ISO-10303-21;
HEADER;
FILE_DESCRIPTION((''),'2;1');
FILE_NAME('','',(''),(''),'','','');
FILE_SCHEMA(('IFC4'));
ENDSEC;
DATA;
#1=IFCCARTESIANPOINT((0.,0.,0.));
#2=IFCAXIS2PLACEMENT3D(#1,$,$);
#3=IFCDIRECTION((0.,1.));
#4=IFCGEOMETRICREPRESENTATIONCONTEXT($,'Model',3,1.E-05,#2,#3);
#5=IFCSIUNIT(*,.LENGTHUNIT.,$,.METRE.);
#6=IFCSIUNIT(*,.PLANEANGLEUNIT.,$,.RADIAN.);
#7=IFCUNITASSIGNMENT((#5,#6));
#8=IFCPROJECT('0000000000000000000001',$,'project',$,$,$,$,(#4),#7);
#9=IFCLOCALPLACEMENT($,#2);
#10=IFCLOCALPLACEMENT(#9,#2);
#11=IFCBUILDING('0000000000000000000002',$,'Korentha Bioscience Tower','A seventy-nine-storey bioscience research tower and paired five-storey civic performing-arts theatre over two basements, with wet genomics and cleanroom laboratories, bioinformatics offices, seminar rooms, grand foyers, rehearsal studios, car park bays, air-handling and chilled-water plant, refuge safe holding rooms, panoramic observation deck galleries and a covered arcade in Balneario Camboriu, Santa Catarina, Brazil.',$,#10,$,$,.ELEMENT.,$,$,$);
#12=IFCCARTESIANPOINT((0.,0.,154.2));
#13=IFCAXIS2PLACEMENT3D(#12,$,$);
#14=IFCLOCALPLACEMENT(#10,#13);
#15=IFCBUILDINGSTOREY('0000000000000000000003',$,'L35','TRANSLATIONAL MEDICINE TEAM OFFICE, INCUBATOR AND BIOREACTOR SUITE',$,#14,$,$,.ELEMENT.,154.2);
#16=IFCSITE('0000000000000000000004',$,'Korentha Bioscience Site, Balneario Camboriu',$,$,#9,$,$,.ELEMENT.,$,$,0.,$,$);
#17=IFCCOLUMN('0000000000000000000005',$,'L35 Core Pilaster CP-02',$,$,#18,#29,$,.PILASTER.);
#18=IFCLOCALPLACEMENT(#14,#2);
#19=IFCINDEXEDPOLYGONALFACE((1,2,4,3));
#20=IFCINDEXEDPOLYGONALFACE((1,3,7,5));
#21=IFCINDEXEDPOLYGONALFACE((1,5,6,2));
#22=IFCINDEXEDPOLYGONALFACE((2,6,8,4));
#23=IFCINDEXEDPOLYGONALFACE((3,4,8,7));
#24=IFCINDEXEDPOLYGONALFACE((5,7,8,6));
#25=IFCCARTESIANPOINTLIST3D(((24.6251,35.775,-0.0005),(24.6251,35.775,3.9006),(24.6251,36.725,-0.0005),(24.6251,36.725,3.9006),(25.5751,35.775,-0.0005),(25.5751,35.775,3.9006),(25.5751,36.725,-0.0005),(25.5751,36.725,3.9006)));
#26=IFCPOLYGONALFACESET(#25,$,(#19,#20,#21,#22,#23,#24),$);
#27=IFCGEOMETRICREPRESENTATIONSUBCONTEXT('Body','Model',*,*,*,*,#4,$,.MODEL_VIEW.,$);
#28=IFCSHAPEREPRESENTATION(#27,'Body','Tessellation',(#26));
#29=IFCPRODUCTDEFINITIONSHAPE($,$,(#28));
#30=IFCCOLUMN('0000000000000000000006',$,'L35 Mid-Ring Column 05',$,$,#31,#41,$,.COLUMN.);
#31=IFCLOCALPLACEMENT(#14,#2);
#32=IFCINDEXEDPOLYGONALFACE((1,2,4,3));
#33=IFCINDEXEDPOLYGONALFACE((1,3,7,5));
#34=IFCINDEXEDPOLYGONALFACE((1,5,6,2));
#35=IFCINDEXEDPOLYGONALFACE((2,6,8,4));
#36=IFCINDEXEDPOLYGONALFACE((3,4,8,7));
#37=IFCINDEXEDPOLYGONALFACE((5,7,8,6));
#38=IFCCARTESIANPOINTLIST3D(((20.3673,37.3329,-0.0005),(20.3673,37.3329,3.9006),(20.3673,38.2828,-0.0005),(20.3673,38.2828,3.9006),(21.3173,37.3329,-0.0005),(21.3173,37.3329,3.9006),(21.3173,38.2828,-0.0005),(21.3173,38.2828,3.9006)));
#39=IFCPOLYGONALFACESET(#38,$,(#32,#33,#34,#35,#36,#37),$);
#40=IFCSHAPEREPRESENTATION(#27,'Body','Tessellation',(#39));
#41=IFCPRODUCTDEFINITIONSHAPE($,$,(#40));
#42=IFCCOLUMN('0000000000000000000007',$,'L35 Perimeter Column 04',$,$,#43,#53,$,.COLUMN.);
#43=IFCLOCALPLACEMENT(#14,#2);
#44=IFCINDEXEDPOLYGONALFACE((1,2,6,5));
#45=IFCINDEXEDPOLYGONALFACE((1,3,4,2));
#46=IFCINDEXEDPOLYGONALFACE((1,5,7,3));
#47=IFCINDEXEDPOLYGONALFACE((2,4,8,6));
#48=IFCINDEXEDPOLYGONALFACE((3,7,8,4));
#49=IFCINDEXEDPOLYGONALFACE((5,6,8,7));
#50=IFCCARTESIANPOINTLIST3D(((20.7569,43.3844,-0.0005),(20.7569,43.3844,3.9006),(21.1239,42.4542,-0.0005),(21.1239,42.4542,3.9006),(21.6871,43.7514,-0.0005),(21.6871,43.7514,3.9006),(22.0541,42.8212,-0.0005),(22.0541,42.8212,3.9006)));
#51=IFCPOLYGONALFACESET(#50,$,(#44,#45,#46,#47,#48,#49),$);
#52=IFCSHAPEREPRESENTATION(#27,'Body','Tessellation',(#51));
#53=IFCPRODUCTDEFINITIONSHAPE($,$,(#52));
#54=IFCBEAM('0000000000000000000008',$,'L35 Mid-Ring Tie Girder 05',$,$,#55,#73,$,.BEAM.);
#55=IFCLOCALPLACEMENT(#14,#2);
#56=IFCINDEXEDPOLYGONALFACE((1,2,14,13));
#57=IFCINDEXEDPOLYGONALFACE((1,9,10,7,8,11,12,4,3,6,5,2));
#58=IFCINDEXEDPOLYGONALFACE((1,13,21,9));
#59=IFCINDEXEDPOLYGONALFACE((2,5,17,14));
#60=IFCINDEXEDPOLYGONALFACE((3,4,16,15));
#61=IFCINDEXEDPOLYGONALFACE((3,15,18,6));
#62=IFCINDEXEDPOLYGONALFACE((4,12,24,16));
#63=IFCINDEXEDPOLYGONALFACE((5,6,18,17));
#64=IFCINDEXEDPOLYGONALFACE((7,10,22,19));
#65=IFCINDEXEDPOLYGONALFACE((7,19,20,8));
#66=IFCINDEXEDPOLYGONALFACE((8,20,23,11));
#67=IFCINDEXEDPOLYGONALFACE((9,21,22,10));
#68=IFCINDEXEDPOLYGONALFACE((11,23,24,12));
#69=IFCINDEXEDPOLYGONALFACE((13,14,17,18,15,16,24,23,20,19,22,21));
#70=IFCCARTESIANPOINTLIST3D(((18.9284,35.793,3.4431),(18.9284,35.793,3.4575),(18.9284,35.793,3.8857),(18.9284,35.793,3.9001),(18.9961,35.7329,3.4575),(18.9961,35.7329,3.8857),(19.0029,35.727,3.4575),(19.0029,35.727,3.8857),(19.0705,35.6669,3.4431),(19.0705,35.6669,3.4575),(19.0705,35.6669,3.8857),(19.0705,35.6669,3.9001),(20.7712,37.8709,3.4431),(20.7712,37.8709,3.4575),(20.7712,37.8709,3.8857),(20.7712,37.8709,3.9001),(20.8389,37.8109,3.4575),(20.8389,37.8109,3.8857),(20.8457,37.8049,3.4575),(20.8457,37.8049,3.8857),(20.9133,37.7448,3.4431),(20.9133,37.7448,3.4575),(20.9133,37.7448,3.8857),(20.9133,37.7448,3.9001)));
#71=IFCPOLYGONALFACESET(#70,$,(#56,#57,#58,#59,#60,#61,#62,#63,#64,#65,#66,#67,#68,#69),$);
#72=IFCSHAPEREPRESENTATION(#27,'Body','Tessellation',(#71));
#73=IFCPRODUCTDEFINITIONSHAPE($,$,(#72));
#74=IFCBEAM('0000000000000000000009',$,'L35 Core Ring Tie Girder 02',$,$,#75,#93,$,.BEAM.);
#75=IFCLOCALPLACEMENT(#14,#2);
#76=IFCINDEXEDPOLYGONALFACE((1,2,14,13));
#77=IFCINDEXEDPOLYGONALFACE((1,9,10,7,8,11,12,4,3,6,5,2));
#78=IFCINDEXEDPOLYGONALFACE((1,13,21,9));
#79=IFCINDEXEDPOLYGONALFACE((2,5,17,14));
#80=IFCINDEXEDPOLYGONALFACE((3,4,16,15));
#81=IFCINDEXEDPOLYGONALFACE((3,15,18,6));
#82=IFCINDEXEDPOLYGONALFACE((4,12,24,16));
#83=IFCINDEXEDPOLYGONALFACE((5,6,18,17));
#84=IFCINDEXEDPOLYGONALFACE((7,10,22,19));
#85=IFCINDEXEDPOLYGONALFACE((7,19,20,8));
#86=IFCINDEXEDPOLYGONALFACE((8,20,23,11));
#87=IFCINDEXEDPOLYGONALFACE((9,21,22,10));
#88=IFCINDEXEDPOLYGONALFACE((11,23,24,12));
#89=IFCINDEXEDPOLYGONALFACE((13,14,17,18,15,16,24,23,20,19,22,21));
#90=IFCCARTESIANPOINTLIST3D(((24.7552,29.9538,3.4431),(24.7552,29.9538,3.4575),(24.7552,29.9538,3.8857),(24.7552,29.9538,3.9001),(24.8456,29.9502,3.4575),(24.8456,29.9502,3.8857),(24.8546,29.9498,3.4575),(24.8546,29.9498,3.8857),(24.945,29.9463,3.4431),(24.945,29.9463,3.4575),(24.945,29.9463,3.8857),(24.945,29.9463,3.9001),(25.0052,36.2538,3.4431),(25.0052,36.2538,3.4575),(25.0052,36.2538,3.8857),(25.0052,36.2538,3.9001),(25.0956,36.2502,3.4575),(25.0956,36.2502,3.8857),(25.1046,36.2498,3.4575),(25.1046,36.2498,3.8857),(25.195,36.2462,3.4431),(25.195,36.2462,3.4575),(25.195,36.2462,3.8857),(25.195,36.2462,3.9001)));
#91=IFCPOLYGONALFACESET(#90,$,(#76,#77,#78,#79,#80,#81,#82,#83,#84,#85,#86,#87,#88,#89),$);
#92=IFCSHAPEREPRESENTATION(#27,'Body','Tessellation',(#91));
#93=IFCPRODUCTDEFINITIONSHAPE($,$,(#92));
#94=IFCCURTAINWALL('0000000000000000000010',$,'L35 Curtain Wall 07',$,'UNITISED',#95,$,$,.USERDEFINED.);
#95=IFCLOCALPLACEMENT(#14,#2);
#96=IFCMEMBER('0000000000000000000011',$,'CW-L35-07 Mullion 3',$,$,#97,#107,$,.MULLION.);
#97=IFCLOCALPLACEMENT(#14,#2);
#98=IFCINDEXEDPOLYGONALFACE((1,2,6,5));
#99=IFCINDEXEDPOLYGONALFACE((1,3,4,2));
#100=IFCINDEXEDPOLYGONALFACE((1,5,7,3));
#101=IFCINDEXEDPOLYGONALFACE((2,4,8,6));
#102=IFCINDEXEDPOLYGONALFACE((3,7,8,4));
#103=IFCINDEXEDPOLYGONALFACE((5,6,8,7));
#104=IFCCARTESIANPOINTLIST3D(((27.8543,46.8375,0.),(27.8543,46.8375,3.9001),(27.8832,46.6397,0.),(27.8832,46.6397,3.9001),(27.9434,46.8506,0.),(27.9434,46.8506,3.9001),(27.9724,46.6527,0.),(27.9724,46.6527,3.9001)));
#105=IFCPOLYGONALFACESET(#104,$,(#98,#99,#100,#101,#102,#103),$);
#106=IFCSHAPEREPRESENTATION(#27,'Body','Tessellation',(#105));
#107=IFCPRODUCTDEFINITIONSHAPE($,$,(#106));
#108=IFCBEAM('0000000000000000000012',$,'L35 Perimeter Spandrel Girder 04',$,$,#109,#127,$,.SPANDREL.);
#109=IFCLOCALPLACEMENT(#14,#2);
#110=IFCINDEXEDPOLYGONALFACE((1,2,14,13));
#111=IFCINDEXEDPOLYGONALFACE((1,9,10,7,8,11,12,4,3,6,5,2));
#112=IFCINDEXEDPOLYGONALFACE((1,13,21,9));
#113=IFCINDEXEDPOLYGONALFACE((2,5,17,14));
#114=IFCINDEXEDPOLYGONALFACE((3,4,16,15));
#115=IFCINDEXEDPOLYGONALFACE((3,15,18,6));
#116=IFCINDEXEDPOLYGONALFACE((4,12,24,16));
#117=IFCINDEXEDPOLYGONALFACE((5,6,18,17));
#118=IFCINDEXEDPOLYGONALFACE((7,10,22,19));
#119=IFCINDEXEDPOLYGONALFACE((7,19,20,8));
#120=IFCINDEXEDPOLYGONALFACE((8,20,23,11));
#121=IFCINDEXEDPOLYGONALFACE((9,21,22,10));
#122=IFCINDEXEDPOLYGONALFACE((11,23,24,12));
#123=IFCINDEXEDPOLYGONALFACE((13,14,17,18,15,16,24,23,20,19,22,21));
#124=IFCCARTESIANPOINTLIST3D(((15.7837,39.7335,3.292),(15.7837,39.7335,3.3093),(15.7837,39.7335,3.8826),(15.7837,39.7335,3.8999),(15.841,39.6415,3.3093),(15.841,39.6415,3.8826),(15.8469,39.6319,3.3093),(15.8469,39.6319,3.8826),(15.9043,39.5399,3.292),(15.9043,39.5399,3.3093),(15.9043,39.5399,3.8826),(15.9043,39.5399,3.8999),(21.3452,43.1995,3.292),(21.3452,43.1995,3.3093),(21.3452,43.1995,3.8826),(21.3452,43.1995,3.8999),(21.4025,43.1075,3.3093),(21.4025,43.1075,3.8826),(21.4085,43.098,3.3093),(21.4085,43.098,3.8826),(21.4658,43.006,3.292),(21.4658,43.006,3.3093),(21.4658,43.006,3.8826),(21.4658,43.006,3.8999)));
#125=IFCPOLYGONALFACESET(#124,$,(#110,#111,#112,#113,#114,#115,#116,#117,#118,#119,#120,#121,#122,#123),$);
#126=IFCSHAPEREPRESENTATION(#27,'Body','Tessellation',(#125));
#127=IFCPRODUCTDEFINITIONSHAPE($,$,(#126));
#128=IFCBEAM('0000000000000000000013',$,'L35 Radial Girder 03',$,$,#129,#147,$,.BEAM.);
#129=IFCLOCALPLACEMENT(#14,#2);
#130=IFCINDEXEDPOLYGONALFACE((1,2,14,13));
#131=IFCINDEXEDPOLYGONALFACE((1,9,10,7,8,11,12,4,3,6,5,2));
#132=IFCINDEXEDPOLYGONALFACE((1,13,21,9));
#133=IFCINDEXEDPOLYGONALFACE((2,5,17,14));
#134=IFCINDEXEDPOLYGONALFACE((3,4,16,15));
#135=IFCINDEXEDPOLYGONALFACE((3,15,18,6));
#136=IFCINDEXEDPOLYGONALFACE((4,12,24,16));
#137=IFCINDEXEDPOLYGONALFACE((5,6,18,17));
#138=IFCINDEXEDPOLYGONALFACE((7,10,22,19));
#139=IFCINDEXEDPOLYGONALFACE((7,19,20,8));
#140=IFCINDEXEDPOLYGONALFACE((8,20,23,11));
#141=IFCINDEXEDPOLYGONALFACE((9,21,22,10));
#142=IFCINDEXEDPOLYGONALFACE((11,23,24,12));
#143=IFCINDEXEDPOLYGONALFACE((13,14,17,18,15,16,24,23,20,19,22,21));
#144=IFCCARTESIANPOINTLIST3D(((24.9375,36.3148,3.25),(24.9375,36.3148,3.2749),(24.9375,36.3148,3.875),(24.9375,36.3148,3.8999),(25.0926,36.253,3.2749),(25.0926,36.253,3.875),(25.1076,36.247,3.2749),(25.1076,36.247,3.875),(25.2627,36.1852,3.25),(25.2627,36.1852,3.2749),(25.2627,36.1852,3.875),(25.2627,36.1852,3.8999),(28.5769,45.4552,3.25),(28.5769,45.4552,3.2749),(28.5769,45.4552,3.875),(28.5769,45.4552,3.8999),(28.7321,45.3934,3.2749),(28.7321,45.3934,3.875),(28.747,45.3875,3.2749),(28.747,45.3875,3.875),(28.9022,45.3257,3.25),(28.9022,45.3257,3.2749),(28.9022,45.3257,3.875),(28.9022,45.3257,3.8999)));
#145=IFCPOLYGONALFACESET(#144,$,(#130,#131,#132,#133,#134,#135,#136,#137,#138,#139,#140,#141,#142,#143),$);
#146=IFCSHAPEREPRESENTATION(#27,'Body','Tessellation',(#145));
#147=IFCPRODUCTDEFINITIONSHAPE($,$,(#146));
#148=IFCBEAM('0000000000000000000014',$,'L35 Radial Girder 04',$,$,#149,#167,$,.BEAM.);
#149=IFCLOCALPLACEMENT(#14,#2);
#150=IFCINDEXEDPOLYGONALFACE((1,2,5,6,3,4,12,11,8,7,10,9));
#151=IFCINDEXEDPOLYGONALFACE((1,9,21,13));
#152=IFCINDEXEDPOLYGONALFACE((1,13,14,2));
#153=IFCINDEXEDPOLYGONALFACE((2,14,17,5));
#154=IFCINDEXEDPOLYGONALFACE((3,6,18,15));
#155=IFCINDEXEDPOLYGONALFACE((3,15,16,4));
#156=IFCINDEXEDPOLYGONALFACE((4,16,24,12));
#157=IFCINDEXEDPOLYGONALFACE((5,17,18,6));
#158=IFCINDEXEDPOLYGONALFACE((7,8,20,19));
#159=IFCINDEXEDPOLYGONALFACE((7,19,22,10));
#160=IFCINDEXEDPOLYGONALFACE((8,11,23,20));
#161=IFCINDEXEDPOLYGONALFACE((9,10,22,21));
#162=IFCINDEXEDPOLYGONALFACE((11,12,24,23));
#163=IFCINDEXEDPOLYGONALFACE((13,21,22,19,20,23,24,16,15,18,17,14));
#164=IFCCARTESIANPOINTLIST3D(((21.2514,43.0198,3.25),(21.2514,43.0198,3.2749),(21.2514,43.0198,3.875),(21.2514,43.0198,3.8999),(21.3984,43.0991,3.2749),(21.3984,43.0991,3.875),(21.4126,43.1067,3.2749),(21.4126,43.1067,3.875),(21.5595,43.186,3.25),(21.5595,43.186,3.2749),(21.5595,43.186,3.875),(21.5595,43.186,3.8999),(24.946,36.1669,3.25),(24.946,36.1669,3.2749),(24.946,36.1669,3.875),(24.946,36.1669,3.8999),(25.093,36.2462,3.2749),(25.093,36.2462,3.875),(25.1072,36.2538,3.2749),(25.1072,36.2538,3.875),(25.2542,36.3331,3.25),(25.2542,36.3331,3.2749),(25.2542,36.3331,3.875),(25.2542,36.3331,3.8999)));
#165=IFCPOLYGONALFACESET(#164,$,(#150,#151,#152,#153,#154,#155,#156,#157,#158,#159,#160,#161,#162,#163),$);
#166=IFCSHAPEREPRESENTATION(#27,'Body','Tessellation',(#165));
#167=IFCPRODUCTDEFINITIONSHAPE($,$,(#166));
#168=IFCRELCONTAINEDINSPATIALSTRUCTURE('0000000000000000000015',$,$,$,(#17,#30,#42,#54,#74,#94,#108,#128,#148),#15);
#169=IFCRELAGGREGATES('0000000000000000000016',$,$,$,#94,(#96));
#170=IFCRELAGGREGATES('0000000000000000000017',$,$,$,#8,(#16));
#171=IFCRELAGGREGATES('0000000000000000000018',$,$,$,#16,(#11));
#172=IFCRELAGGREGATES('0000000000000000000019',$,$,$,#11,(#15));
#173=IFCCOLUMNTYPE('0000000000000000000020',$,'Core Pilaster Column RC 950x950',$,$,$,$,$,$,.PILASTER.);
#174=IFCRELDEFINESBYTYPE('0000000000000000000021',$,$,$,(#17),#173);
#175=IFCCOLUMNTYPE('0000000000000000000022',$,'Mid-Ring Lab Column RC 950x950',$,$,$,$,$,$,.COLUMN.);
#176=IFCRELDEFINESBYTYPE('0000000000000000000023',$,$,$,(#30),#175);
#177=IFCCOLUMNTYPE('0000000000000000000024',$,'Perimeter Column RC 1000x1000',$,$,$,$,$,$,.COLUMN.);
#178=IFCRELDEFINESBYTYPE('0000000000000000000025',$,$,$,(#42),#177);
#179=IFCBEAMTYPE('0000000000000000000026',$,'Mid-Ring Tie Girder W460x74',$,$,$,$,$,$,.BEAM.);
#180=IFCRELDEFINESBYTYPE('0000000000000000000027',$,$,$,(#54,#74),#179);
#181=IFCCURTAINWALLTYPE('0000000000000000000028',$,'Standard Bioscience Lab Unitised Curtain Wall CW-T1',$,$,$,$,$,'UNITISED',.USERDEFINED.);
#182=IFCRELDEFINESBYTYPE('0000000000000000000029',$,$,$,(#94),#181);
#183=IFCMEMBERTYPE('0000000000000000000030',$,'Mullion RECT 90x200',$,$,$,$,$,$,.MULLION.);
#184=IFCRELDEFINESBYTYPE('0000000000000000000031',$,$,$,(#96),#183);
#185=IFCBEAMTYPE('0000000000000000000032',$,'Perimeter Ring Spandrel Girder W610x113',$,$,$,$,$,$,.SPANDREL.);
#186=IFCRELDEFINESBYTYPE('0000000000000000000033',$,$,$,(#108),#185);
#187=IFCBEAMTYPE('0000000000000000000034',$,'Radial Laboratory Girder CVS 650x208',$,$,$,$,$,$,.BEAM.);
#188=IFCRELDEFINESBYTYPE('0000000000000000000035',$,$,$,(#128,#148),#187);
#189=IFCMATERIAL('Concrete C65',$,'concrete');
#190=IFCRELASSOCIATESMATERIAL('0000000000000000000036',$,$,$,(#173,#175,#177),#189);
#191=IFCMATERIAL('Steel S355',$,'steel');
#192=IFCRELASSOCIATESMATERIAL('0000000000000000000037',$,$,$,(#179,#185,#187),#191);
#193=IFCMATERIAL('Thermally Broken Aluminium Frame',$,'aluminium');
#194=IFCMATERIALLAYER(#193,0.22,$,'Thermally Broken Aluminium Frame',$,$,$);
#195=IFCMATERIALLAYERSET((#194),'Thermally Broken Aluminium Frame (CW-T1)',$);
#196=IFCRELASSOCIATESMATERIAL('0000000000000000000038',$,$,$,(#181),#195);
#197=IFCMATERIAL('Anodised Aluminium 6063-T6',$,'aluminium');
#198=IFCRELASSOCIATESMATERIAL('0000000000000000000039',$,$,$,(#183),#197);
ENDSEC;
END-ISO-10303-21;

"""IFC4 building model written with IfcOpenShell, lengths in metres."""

from ifc_helpers import new_model, si_unit, direction, frame, origin, origin_2d, place, context, subcontext, project, spatial, rectangle, i_section, extrude, material, layer, layer_set, material_profile, profile_set, type_object, element, aggregate, save


model = new_model("IFC4")

# Units and contexts
model_context = context("Model", 3, precision=1e-05, world=origin(), true_north=direction((0.0, 1.0)))
body_context = subcontext(model_context, "Body", "Model", "MODEL_VIEW")
ifc_project = project(units=[si_unit("LENGTHUNIT", "METRE"), si_unit("PLANEANGLEUNIT", "RADIAN")], contexts=[model_context])

# Site, building, storey
site_placement = place(None, origin())
site = spatial("IfcSite", under=ifc_project, at=site_placement, Name="Korentha Bioscience Site, Balneario Camboriu", CompositionType="ELEMENT", RefElevation=0.0)
building_placement = place(site_placement, origin())
building = spatial("IfcBuilding", under=site, at=building_placement, Name="Korentha Bioscience Tower", Description="A seventy-nine-storey bioscience research tower and paired five-storey civic performing-arts theatre over two basements, with wet genomics and cleanroom laboratories, bioinformatics offices, seminar rooms, grand foyers, rehearsal studios, car park bays, air-handling and chilled-water plant, refuge safe holding rooms, panoramic observation deck galleries and a covered arcade in Balneario Camboriu, Santa Catarina, Brazil.", CompositionType="ELEMENT")
storey_placement = place(building_placement, frame((0.0, 0.0, 154.2)))
storey = spatial("IfcBuildingStorey", under=building, at=storey_placement, Name="L35", Description="TRANSLATIONAL MEDICINE TEAM OFFICE, INCUBATOR AND BIOREACTOR SUITE", CompositionType="ELEMENT", Elevation=154.2)

# Columns
ifc_material_1 = material(Name="Concrete C65", Category="concrete")
ifc_material_profile_1 = material_profile(ifc_material_1, rectangle(XDim=0.95, YDim=0.95, at=origin_2d()), Name="Concrete C65")
ifc_profile_set_1 = profile_set([ifc_material_profile_1], Name="Concrete C65 (COL-CP09)")
column_type_1 = type_object("IfcColumnType", Name="Core Pilaster Column RC 950x950", PredefinedType="PILASTER", material=ifc_profile_set_1)
column_1_placement = place(storey_placement, frame((25.1001, 36.25, -0.0005), z_axis=(0.0, 0.0, 1.0), x_axis=(1.0, 0.0, 0.0)))
element("IfcColumn", 1, at=column_1_placement, inside=storey, type_object=column_type_1, Name="L35 Core Pilaster CP-02", PredefinedType="PILASTER", context=body_context, shape_type="SweptSolid", body=[
    extrude(rectangle(XDim=0.95, YDim=0.95, at=origin_2d()), origin(), (0.0, 0.0, 1.0), 3.9011),
])
ifc_material_profile_2 = material_profile(ifc_material_1, rectangle(XDim=0.95, YDim=0.95, at=origin_2d()), Name="Concrete C65")
ifc_profile_set_2 = profile_set([ifc_material_profile_2], Name="Concrete C65 (COL-MR09)")
column_type_2 = type_object("IfcColumnType", Name="Mid-Ring Lab Column RC 950x950", PredefinedType="COLUMN", material=ifc_profile_set_2)
column_2_placement = place(storey_placement, frame((20.8423, 37.8079, -0.0005), z_axis=(0.0, 0.0, 1.0), x_axis=(1.0, 0.0, 0.0)))
element("IfcColumn", 2, at=column_2_placement, inside=storey, type_object=column_type_2, Name="L35 Mid-Ring Column 05", PredefinedType="COLUMN", context=body_context, shape_type="SweptSolid", body=[
    extrude(rectangle(XDim=0.95, YDim=0.95, at=origin_2d()), origin(), (0.0, 0.0, 1.0), 3.9011),
])
ifc_material_profile_3 = material_profile(ifc_material_1, rectangle(XDim=1.0, YDim=1.0, at=origin_2d()), Name="Concrete C65")
ifc_profile_set_3 = profile_set([ifc_material_profile_3], Name="Concrete C65 (COL-P10)")
column_type_3 = type_object("IfcColumnType", Name="Perimeter Column RC 1000x1000", PredefinedType="COLUMN", material=ifc_profile_set_3)
column_3_placement = place(storey_placement, frame((21.4055, 43.1028, -0.0005), z_axis=(0.0, 0.0, 1.0), x_axis=(0.930226, 0.366988, 0.0)))
element("IfcColumn", 3, at=column_3_placement, inside=storey, type_object=column_type_3, Name="L35 Perimeter Column 04", PredefinedType="COLUMN", context=body_context, shape_type="SweptSolid", body=[
    extrude(rectangle(XDim=1.0, YDim=1.0, at=origin_2d()), origin(), (0.0, 0.0, 1.0), 3.9011),
])

# Beams
ifc_material_2 = material(Name="Steel S355", Category="steel")
ifc_material_profile_4 = material_profile(ifc_material_2, i_section(OverallWidth=0.1899, OverallDepth=0.457, WebThickness=0.009, FlangeThickness=0.0144, at=origin_2d()), Name="Steel S355")
ifc_profile_set_4 = profile_set([ifc_material_profile_4], Name="Steel S355 (MB-460)")
beam_type_1 = type_object("IfcBeamType", Name="Mid-Ring Tie Girder W460x74", PredefinedType="BEAM", material=ifc_profile_set_4)
beam_1_placement = place(storey_placement, frame((20.8423, 37.8079, 3.6716), z_axis=(-0.663512, -0.748165, 0.0), x_axis=(0.748165, -0.663512, 0.0)))
element("IfcBeam", 4, at=beam_1_placement, inside=storey, type_object=beam_type_1, Name="L35 Mid-Ring Tie Girder 05", PredefinedType="BEAM", context=body_context, shape_type="SweptSolid", body=[
    extrude(i_section(OverallWidth=0.1899, OverallDepth=0.457, WebThickness=0.009, FlangeThickness=0.0144, at=origin_2d()), origin(), (0.0, 0.0, 1.0), 2.7773),
])
beam_2_placement = place(storey_placement, frame((25.1001, 36.25, 3.6716), z_axis=(-0.039651, -0.999214, 0.0), x_axis=(0.999214, -0.039651, 0.0)))
element("IfcBeam", 5, at=beam_2_placement, inside=storey, type_object=beam_type_1, Name="L35 Core Ring Tie Girder 02", PredefinedType="BEAM", context=body_context, shape_type="SweptSolid", body=[
    extrude(i_section(OverallWidth=0.1899, OverallDepth=0.457, WebThickness=0.009, FlangeThickness=0.0144, at=origin_2d()), origin(), (0.0, 0.0, 1.0), 6.3049),
])

# Curtain wall, member
ifc_material_3 = material(Name="Thermally Broken Aluminium Frame", Category="aluminium")
ifc_layer_1 = layer(ifc_material_3, 0.22, Name="Thermally Broken Aluminium Frame")
ifc_layer_set_1 = layer_set([ifc_layer_1], Name="Thermally Broken Aluminium Frame (CW-T1)")
curtain_wall_type = type_object("IfcCurtainWallType", Name="Standard Bioscience Lab Unitised Curtain Wall CW-T1", ElementType="UNITISED", PredefinedType="USERDEFINED", material=ifc_layer_set_1)
curtain_wall_placement = place(storey_placement, origin())
curtain_wall = element("IfcCurtainWall", 6, at=curtain_wall_placement, inside=storey, type_object=curtain_wall_type, Name="L35 Curtain Wall 07", ObjectType="UNITISED", PredefinedType="USERDEFINED")
ifc_material_4 = material(Name="Anodised Aluminium 6063-T6", Category="aluminium")
ifc_material_profile_5 = material_profile(ifc_material_4, rectangle(XDim=0.0901, YDim=0.2, at=origin_2d()), Name="Anodised Aluminium 6063-T6")
ifc_profile_set_5 = profile_set([ifc_material_profile_5], Name="Anodised Aluminium 6063-T6 (CW-MUL)")
member_type = type_object("IfcMemberType", Name="Mullion RECT 90x200", PredefinedType="MULLION", material=ifc_profile_set_5)
member_placement = place(storey_placement, frame((27.9133, 46.7451, 0.0), z_axis=(0.0, 0.0, 1.0), x_axis=(-0.989462, -0.144793, 0.0)))
member = element("IfcMember", 7, at=member_placement, type_object=member_type, Name="CW-L35-07 Mullion 3", PredefinedType="MULLION", context=body_context, shape_type="SweptSolid", body=[
    extrude(rectangle(XDim=0.0901, YDim=0.2, at=origin_2d()), origin(), (0.0, 0.0, 1.0), 3.9001),
])

# Beams
ifc_material_profile_6 = material_profile(ifc_material_2, i_section(OverallWidth=0.228, OverallDepth=0.6079, WebThickness=0.0112, FlangeThickness=0.0173, at=origin_2d()), Name="Steel S355")
ifc_profile_set_6 = profile_set([ifc_material_profile_6], Name="Steel S355 (SB-610)")
beam_type_2 = type_object("IfcBeamType", Name="Perimeter Ring Spandrel Girder W610x113", PredefinedType="SPANDREL", material=ifc_profile_set_6)
beam_3_placement = place(storey_placement, frame((21.4055, 43.1028, 3.5959), z_axis=(-0.848676, -0.528913, 0.0), x_axis=(0.528913, -0.848676, 0.0)))
element("IfcBeam", 8, at=beam_3_placement, inside=storey, type_object=beam_type_2, Name="L35 Perimeter Spandrel Girder 04", PredefinedType="SPANDREL", context=body_context, shape_type="SweptSolid", body=[
    extrude(i_section(OverallWidth=0.228, OverallDepth=0.6079, WebThickness=0.0112, FlangeThickness=0.0173, at=origin_2d()), origin(), (0.0, 0.0, 1.0), 6.5532),
])
ifc_material_profile_7 = material_profile(ifc_material_2, i_section(OverallWidth=0.3501, OverallDepth=0.6499, WebThickness=0.0161, FlangeThickness=0.0249, at=origin_2d()), Name="Steel S355")
ifc_profile_set_7 = profile_set([ifc_material_profile_7], Name="Steel S355 (RB-650)")
beam_type_3 = type_object("IfcBeamType", Name="Radial Laboratory Girder CVS 650x208", PredefinedType="BEAM", material=ifc_profile_set_7)
beam_4_placement = place(storey_placement, frame((25.1001, 36.25, 3.575), z_axis=(0.369923, 0.929063, 0.0), x_axis=(-0.929063, 0.369923, 0.0)))
element("IfcBeam", 9, at=beam_4_placement, inside=storey, type_object=beam_type_3, Name="L35 Radial Girder 03", PredefinedType="BEAM", context=body_context, shape_type="SweptSolid", body=[
    extrude(i_section(OverallWidth=0.3501, OverallDepth=0.6499, WebThickness=0.0161, FlangeThickness=0.0249, at=origin_2d()), origin(), (0.0, 0.0, 1.0), 9.8384),
])
beam_5_placement = place(storey_placement, frame((25.1001, 36.25, 3.575), z_axis=(-0.47456, 0.880223, 0.0), x_axis=(-0.880223, -0.47456, 0.0)))
element("IfcBeam", 10, at=beam_5_placement, inside=storey, type_object=beam_type_3, Name="L35 Radial Girder 04", PredefinedType="BEAM", context=body_context, shape_type="SweptSolid", body=[
    extrude(i_section(OverallWidth=0.3501, OverallDepth=0.6499, WebThickness=0.0161, FlangeThickness=0.0249, at=origin_2d()), origin(), (0.0, 0.0, 1.0), 7.7854),
])

aggregate(curtain_wall, [member])

save(model, "model.ifc")
